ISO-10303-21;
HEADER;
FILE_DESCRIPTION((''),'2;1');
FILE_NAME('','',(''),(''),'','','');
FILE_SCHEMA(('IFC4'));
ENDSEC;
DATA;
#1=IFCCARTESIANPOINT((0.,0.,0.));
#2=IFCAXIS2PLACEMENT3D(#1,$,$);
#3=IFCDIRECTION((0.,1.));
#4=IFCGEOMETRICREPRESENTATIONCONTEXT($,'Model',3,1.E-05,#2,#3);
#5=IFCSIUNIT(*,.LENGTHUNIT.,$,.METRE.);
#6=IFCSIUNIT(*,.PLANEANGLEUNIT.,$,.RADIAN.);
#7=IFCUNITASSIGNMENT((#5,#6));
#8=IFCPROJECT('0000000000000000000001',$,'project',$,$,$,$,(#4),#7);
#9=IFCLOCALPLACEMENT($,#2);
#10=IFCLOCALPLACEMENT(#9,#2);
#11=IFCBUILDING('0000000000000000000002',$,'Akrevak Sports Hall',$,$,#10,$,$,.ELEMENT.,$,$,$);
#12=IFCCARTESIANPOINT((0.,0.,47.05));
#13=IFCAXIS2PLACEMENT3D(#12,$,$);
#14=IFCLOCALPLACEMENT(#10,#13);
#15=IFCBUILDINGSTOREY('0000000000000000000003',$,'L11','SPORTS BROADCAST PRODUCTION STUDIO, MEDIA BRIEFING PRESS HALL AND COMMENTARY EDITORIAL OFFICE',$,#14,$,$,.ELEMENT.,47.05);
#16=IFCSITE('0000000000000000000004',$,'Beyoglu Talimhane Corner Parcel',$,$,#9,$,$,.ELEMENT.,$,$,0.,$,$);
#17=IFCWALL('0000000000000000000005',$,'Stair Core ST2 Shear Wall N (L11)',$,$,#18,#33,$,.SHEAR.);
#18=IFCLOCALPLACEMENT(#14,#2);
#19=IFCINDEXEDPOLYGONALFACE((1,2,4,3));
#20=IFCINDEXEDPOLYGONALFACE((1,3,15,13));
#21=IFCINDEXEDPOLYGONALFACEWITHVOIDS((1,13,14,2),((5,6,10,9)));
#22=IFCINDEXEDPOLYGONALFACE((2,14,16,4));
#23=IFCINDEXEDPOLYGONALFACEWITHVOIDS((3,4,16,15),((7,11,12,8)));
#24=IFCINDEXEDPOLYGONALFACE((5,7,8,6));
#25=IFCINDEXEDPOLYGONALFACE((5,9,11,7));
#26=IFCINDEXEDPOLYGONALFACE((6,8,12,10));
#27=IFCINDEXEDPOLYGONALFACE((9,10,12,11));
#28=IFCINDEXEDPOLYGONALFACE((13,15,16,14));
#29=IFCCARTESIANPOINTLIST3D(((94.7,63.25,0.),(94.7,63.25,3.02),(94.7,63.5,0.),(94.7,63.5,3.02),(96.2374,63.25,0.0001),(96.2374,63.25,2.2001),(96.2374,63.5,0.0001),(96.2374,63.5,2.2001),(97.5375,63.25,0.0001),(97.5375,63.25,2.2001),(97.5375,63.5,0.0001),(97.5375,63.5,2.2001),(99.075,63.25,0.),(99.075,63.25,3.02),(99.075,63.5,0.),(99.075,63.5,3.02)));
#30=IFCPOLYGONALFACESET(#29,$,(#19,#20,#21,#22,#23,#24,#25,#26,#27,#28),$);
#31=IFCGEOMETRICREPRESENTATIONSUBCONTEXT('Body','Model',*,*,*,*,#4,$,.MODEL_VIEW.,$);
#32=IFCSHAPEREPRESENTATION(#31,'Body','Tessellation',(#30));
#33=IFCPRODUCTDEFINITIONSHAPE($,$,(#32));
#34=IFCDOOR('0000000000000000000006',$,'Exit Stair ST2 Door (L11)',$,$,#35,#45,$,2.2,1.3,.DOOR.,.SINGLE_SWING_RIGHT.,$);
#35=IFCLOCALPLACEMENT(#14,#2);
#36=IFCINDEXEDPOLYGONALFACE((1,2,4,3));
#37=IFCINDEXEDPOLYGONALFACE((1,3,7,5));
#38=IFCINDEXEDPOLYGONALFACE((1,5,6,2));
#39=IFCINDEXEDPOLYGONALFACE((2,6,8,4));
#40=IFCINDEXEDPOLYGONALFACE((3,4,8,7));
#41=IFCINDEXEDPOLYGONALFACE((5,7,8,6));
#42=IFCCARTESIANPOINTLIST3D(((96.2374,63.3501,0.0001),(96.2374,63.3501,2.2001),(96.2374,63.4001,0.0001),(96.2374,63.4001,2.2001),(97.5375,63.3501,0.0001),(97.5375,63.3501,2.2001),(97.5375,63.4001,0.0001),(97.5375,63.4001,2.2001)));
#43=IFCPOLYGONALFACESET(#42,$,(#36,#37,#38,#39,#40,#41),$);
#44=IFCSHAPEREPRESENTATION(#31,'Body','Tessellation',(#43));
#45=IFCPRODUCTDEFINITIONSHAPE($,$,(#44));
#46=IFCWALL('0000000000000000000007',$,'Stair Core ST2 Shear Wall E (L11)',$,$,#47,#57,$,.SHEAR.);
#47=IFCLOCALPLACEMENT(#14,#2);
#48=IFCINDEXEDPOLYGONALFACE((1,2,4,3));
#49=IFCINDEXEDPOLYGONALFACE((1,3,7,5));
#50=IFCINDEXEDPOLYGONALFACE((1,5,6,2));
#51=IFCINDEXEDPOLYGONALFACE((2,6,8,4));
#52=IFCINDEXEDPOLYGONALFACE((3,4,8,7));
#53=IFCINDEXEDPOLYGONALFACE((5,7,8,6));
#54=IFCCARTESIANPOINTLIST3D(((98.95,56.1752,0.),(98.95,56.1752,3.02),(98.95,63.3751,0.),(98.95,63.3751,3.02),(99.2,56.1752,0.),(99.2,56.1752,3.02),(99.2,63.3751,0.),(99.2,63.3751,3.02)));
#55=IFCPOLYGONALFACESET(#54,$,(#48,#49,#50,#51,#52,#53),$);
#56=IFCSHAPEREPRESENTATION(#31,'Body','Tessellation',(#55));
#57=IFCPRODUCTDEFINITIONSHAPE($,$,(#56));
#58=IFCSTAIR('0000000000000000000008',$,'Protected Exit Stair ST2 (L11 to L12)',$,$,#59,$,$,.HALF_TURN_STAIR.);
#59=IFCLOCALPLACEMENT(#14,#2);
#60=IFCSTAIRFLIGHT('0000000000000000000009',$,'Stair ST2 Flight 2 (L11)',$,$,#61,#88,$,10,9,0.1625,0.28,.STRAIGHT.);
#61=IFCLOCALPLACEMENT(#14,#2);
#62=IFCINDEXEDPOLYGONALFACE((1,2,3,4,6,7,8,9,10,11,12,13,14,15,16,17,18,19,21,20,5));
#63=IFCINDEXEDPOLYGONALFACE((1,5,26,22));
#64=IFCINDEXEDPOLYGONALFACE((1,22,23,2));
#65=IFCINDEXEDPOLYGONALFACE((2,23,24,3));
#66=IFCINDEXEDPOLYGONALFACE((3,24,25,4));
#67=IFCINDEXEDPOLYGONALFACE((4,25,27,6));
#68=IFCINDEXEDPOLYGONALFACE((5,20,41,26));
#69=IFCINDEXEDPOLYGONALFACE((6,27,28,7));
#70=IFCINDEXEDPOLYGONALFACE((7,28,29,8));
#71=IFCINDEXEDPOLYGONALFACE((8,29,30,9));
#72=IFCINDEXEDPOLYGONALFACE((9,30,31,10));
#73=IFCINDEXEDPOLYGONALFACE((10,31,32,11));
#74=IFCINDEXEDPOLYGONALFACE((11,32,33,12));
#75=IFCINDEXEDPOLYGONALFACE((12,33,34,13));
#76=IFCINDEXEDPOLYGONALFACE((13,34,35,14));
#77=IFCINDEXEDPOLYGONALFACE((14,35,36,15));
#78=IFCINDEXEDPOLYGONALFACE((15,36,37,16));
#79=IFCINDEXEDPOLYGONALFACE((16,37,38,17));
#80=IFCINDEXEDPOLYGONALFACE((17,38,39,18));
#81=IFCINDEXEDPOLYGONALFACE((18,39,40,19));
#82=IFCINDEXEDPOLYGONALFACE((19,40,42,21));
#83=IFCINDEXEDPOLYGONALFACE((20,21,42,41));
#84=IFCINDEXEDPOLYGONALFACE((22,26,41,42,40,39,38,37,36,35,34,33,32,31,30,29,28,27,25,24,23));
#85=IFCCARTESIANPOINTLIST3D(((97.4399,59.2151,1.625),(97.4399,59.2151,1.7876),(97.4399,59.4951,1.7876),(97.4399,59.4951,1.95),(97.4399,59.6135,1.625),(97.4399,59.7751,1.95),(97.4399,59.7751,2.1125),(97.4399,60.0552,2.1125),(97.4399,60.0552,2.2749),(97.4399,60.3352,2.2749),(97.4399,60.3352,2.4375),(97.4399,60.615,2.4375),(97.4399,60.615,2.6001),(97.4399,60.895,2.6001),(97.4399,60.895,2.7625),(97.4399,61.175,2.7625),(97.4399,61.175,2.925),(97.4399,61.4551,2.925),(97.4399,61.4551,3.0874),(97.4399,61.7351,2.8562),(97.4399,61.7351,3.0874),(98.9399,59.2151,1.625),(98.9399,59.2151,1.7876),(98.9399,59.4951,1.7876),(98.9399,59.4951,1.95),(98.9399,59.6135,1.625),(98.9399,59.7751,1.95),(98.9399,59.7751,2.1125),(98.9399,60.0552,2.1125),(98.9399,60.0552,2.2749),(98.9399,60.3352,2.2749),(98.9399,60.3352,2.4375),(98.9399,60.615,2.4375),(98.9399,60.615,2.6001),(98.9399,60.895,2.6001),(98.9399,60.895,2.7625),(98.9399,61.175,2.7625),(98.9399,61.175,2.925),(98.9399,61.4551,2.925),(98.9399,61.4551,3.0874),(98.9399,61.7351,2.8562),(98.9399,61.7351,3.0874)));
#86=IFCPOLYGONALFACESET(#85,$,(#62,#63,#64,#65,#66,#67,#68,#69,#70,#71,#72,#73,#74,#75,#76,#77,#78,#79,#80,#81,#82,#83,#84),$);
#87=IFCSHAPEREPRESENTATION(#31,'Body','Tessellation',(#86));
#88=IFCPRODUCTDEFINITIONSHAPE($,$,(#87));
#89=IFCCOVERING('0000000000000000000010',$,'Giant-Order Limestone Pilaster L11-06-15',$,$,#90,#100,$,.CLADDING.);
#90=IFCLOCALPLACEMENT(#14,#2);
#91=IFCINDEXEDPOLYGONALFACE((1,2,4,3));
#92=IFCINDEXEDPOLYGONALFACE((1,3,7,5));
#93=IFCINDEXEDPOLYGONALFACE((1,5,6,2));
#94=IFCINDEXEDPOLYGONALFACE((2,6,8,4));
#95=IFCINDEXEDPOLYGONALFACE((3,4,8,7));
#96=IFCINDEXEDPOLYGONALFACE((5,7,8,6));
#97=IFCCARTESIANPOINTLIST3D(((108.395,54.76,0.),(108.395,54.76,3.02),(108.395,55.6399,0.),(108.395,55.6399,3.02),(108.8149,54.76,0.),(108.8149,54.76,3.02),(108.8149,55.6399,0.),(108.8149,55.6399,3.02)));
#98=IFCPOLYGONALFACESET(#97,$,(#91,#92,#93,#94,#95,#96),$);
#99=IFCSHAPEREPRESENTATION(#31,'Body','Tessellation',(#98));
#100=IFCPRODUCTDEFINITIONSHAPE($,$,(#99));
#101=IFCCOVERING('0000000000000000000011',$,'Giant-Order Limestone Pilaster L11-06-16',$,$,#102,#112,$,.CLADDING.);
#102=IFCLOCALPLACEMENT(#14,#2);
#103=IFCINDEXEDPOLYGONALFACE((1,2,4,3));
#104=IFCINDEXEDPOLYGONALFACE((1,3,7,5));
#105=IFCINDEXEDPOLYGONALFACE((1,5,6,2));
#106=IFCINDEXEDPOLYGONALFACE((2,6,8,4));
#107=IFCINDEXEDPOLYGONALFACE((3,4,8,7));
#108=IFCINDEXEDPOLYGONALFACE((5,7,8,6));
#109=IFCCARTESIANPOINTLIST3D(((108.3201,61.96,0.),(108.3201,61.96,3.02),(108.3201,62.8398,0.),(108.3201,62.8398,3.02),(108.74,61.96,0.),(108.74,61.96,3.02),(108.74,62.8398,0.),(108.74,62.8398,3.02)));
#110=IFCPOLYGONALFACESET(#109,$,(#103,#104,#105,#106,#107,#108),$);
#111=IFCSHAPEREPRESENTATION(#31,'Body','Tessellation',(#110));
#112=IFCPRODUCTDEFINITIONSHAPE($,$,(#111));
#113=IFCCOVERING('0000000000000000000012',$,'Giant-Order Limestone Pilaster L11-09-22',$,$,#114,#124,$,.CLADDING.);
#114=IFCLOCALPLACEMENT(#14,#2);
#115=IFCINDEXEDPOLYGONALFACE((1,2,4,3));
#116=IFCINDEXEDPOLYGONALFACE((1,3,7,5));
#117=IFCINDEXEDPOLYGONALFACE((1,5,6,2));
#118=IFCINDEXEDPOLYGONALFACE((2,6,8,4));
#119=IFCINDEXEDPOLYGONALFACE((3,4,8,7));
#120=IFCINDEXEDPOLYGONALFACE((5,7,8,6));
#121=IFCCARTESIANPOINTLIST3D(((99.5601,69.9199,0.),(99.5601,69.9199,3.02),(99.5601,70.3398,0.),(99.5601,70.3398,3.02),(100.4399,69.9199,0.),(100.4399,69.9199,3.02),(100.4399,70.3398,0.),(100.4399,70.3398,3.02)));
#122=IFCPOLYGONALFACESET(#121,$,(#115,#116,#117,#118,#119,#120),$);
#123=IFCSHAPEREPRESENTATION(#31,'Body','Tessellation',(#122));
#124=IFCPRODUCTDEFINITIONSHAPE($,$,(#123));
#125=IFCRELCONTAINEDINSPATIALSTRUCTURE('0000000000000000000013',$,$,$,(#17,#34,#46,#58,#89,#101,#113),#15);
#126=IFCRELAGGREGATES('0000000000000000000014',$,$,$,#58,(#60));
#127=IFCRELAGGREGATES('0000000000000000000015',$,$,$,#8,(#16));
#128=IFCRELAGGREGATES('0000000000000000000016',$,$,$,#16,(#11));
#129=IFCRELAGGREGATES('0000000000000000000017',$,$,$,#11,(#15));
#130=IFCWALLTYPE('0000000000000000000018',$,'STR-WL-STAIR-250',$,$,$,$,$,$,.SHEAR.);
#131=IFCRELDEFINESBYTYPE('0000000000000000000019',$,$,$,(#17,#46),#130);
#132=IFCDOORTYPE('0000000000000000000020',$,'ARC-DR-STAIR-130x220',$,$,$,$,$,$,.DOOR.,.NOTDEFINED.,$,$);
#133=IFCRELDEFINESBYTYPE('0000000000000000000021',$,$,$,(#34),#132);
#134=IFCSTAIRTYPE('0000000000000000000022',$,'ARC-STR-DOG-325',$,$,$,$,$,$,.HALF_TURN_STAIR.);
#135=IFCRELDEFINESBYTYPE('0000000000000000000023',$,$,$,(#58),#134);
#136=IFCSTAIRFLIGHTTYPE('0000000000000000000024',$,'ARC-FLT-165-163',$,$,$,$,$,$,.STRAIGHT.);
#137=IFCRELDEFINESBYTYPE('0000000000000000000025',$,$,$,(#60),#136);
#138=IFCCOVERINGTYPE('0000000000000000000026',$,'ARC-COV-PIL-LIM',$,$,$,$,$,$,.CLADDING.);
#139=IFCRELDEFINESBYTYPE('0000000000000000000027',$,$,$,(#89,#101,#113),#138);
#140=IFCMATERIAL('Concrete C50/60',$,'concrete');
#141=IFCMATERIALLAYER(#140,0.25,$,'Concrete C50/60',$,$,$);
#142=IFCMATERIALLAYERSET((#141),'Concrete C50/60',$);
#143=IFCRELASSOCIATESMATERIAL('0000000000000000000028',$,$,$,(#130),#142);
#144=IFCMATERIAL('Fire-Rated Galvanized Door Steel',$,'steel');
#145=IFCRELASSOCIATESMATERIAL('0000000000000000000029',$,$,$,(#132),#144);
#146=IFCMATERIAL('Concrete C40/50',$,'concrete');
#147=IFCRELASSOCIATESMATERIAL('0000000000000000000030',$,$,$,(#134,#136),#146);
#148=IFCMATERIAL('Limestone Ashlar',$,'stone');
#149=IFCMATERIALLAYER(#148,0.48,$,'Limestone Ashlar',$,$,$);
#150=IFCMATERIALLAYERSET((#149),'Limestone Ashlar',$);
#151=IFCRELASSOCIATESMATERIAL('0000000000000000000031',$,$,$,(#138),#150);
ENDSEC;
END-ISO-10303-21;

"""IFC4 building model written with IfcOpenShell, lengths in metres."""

from ifc_helpers import new_model, si_unit, direction, frame, frame_2d, origin, origin_2d, place, context, subcontext, project, spatial, polyline, rectangle, outline, extrude, material, layer, layer_set, type_object, element, fill, aggregate, save


model = new_model("IFC4")

# Units and contexts
model_context = context("Model", 3, precision=1e-05, world=origin(), true_north=direction((0.0, 1.0)))
body_context = subcontext(model_context, "Body", "Model", "MODEL_VIEW")
ifc_project = project(units=[si_unit("LENGTHUNIT", "METRE"), si_unit("PLANEANGLEUNIT", "RADIAN")], contexts=[model_context])

# Site, building, storey
site_placement = place(None, origin())
site = spatial("IfcSite", under=ifc_project, at=site_placement, Name="Beyoglu Talimhane Corner Parcel", CompositionType="ELEMENT", RefElevation=0.0)
building_placement = place(site_placement, origin())
building = spatial("IfcBuilding", under=site, at=building_placement, Name="Akrevak Sports Hall", CompositionType="ELEMENT")
storey_placement = place(building_placement, frame((0.0, 0.0, 47.05)))
storey = spatial("IfcBuildingStorey", under=building, at=storey_placement, Name="L11", Description="SPORTS BROADCAST PRODUCTION STUDIO, MEDIA BRIEFING PRESS HALL AND COMMENTARY EDITORIAL OFFICE", CompositionType="ELEMENT", Elevation=47.05)

# Shared definitions
ifc_material_1 = material(Name="Concrete C40/50", Category="concrete")
ifc_material_2 = material(Name="Concrete C50/60", Category="concrete")

# Shared definitions
ifc_material_3 = material(Name="Limestone Ashlar", Category="stone")

# Wall, opening, door
ifc_layer_1 = layer(ifc_material_2, 0.25, Name="Concrete C50/60")
ifc_layer_set_1 = layer_set([ifc_layer_1], Name="Concrete C50/60")
wall_type_1 = type_object("IfcWallType", Name="STR-WL-STAIR-250", PredefinedType="SHEAR", material=ifc_layer_set_1)
wall_1_placement = place(storey_placement, frame((99.075, 63.375, 0.0), z_axis=(0.0, 0.0, 1.0), x_axis=(-1.0, 0.0, 0.0)))
wall_1 = element("IfcWall", 1, at=wall_1_placement, inside=storey, type_object=wall_type_1, Name="Stair Core ST2 Shear Wall N (L11)", PredefinedType="SHEAR", context=body_context, shape_type="SweptSolid", body=[
    extrude(rectangle(XDim=4.375, YDim=0.25, at=frame_2d((2.1875, 0.0))), origin(), (0.0, 0.0, 1.0), 3.02),
])
opening_1_placement = place(wall_1_placement, frame((1.5376, 0.0, 0.0)))
opening_1 = element("IfcOpeningElement", 2, at=opening_1_placement, cuts=wall_1, PredefinedType="OPENING", context=body_context, shape_type="SweptSolid", body=[
    extrude(rectangle(XDim=1.3, YDim=2.2, at=frame_2d((0.6499, 1.1001))), frame((0.0, 0.137, 0.0), z_axis=(0.0, -1.0, 0.0), x_axis=(1.0, 0.0, 0.0)), (0.0, 0.0, 1.0), 0.2739),
])
ifc_material_4 = material(Name="Fire-Rated Galvanized Door Steel", Category="steel")
door_type = type_object("IfcDoorType", Name="ARC-DR-STAIR-130x220", OperationType="NOTDEFINED", PredefinedType="DOOR", material=ifc_material_4)
door_placement = place(opening_1_placement, origin())
door = element("IfcDoor", 3, at=door_placement, inside=storey, type_object=door_type, Name="Exit Stair ST2 Door (L11)", OperationType="SINGLE_SWING_RIGHT", OverallHeight=2.2, OverallWidth=1.3, PredefinedType="DOOR", context=body_context, shape_type="SweptSolid", body=[
    extrude(rectangle(XDim=1.3, YDim=2.2, at=frame_2d((0.6499, 1.1001))), frame((0.0, 0.0249, 0.0), z_axis=(0.0, -1.0, 0.0), x_axis=(1.0, 0.0, 0.0)), (0.0, 0.0, 1.0), 0.05),
])
fill(opening_1, door)

# Wall
wall_2_placement = place(storey_placement, frame((99.075, 56.175, 0.0), z_axis=(0.0, 0.0, 1.0), x_axis=(0.0, 1.0, 0.0)))
element("IfcWall", 4, at=wall_2_placement, inside=storey, type_object=wall_type_1, Name="Stair Core ST2 Shear Wall E (L11)", PredefinedType="SHEAR", context=body_context, shape_type="SweptSolid", body=[
    extrude(rectangle(XDim=7.2, YDim=0.25, at=frame_2d((3.6001, 0.0))), origin(), (0.0, 0.0, 1.0), 3.02),
])

# Stair, stair flight
stair_type = type_object("IfcStairType", Name="ARC-STR-DOG-325", PredefinedType="HALF_TURN_STAIR", material=ifc_material_1)
stair_placement = place(storey_placement, origin())
stair = element("IfcStair", 5, at=stair_placement, inside=storey, type_object=stair_type, Name="Protected Exit Stair ST2 (L11 to L12)", PredefinedType="HALF_TURN_STAIR")
stair_flight_type = type_object("IfcStairFlightType", Name="ARC-FLT-165-163", PredefinedType="STRAIGHT", material=ifc_material_1)
stair_flight_placement = place(storey_placement, frame((98.1899, 59.2151, 1.625), z_axis=(0.0, 0.0, 1.0), x_axis=(0.0, 1.0, 0.0)))
stair_flight = element("IfcStairFlight", 6, at=stair_flight_placement, type_object=stair_flight_type, Name="Stair ST2 Flight 2 (L11)", NumberOfRisers=10, NumberOfTreads=9, PredefinedType="STRAIGHT", RiserHeight=0.1625, TreadLength=0.28, context=body_context, shape_type="SweptSolid", body=[
    extrude(outline(polyline([(0.0, 0.0), (0.0, 0.1626), (0.28, 0.1626), (0.28, 0.325), (0.5601, 0.325), (0.5601, 0.4875), (0.8401, 0.4875), (0.8401, 0.6499), (1.1201, 0.6499), (1.1201, 0.8125), (1.3999, 0.8125), (1.3999, 0.9751), (1.6799, 0.9751), (1.6799, 1.1375), (1.96, 1.1375), (1.96, 1.3), (2.24, 1.3), (2.24, 1.4624), (2.52, 1.4624), (2.52, 1.625), (2.52, 1.2312), (0.3984, 0.0), (0.0, 0.0)])), frame((0.0, 0.75, 0.0), z_axis=(0.0, -1.0, 0.0), x_axis=(1.0, 0.0, 0.0)), (0.0, 0.0, 1.0), 1.5),
])
aggregate(stair, [stair_flight])

# Coverings
ifc_layer_2 = layer(ifc_material_3, 0.48, Name="Limestone Ashlar")
ifc_layer_set_2 = layer_set([ifc_layer_2], Name="Limestone Ashlar")
covering_type = type_object("IfcCoveringType", Name="ARC-COV-PIL-LIM", PredefinedType="CLADDING", material=ifc_layer_set_2)
for number, where, z_axis, x_axis, name in (
    (7, (108.605, 55.2, 0.0), (0.0, 0.0, 1.0), (0.0, 1.0, 0.0), "Giant-Order Limestone Pilaster L11-06-15"),
    (8, (108.53, 62.3999, 0.0), (0.0, 0.0, 1.0), (0.0, 1.0, 0.0), "Giant-Order Limestone Pilaster L11-06-16"),
    (9, (100.0, 70.1299, 0.0), (0.0, 0.0, 1.0), (-1.0, 0.0, 0.0), "Giant-Order Limestone Pilaster L11-09-22"),
):
    element("IfcCovering", number, at=place(storey_placement, frame(where, z_axis=z_axis, x_axis=x_axis)), inside=storey, type_object=covering_type, Name=name, PredefinedType="CLADDING", context=body_context, shape_type="SweptSolid", body=[
        extrude(rectangle(XDim=0.8799, YDim=0.4199, at=origin_2d()), origin(), (0.0, 0.0, 1.0), 3.02),
    ])

save(model, "model.ifc")
